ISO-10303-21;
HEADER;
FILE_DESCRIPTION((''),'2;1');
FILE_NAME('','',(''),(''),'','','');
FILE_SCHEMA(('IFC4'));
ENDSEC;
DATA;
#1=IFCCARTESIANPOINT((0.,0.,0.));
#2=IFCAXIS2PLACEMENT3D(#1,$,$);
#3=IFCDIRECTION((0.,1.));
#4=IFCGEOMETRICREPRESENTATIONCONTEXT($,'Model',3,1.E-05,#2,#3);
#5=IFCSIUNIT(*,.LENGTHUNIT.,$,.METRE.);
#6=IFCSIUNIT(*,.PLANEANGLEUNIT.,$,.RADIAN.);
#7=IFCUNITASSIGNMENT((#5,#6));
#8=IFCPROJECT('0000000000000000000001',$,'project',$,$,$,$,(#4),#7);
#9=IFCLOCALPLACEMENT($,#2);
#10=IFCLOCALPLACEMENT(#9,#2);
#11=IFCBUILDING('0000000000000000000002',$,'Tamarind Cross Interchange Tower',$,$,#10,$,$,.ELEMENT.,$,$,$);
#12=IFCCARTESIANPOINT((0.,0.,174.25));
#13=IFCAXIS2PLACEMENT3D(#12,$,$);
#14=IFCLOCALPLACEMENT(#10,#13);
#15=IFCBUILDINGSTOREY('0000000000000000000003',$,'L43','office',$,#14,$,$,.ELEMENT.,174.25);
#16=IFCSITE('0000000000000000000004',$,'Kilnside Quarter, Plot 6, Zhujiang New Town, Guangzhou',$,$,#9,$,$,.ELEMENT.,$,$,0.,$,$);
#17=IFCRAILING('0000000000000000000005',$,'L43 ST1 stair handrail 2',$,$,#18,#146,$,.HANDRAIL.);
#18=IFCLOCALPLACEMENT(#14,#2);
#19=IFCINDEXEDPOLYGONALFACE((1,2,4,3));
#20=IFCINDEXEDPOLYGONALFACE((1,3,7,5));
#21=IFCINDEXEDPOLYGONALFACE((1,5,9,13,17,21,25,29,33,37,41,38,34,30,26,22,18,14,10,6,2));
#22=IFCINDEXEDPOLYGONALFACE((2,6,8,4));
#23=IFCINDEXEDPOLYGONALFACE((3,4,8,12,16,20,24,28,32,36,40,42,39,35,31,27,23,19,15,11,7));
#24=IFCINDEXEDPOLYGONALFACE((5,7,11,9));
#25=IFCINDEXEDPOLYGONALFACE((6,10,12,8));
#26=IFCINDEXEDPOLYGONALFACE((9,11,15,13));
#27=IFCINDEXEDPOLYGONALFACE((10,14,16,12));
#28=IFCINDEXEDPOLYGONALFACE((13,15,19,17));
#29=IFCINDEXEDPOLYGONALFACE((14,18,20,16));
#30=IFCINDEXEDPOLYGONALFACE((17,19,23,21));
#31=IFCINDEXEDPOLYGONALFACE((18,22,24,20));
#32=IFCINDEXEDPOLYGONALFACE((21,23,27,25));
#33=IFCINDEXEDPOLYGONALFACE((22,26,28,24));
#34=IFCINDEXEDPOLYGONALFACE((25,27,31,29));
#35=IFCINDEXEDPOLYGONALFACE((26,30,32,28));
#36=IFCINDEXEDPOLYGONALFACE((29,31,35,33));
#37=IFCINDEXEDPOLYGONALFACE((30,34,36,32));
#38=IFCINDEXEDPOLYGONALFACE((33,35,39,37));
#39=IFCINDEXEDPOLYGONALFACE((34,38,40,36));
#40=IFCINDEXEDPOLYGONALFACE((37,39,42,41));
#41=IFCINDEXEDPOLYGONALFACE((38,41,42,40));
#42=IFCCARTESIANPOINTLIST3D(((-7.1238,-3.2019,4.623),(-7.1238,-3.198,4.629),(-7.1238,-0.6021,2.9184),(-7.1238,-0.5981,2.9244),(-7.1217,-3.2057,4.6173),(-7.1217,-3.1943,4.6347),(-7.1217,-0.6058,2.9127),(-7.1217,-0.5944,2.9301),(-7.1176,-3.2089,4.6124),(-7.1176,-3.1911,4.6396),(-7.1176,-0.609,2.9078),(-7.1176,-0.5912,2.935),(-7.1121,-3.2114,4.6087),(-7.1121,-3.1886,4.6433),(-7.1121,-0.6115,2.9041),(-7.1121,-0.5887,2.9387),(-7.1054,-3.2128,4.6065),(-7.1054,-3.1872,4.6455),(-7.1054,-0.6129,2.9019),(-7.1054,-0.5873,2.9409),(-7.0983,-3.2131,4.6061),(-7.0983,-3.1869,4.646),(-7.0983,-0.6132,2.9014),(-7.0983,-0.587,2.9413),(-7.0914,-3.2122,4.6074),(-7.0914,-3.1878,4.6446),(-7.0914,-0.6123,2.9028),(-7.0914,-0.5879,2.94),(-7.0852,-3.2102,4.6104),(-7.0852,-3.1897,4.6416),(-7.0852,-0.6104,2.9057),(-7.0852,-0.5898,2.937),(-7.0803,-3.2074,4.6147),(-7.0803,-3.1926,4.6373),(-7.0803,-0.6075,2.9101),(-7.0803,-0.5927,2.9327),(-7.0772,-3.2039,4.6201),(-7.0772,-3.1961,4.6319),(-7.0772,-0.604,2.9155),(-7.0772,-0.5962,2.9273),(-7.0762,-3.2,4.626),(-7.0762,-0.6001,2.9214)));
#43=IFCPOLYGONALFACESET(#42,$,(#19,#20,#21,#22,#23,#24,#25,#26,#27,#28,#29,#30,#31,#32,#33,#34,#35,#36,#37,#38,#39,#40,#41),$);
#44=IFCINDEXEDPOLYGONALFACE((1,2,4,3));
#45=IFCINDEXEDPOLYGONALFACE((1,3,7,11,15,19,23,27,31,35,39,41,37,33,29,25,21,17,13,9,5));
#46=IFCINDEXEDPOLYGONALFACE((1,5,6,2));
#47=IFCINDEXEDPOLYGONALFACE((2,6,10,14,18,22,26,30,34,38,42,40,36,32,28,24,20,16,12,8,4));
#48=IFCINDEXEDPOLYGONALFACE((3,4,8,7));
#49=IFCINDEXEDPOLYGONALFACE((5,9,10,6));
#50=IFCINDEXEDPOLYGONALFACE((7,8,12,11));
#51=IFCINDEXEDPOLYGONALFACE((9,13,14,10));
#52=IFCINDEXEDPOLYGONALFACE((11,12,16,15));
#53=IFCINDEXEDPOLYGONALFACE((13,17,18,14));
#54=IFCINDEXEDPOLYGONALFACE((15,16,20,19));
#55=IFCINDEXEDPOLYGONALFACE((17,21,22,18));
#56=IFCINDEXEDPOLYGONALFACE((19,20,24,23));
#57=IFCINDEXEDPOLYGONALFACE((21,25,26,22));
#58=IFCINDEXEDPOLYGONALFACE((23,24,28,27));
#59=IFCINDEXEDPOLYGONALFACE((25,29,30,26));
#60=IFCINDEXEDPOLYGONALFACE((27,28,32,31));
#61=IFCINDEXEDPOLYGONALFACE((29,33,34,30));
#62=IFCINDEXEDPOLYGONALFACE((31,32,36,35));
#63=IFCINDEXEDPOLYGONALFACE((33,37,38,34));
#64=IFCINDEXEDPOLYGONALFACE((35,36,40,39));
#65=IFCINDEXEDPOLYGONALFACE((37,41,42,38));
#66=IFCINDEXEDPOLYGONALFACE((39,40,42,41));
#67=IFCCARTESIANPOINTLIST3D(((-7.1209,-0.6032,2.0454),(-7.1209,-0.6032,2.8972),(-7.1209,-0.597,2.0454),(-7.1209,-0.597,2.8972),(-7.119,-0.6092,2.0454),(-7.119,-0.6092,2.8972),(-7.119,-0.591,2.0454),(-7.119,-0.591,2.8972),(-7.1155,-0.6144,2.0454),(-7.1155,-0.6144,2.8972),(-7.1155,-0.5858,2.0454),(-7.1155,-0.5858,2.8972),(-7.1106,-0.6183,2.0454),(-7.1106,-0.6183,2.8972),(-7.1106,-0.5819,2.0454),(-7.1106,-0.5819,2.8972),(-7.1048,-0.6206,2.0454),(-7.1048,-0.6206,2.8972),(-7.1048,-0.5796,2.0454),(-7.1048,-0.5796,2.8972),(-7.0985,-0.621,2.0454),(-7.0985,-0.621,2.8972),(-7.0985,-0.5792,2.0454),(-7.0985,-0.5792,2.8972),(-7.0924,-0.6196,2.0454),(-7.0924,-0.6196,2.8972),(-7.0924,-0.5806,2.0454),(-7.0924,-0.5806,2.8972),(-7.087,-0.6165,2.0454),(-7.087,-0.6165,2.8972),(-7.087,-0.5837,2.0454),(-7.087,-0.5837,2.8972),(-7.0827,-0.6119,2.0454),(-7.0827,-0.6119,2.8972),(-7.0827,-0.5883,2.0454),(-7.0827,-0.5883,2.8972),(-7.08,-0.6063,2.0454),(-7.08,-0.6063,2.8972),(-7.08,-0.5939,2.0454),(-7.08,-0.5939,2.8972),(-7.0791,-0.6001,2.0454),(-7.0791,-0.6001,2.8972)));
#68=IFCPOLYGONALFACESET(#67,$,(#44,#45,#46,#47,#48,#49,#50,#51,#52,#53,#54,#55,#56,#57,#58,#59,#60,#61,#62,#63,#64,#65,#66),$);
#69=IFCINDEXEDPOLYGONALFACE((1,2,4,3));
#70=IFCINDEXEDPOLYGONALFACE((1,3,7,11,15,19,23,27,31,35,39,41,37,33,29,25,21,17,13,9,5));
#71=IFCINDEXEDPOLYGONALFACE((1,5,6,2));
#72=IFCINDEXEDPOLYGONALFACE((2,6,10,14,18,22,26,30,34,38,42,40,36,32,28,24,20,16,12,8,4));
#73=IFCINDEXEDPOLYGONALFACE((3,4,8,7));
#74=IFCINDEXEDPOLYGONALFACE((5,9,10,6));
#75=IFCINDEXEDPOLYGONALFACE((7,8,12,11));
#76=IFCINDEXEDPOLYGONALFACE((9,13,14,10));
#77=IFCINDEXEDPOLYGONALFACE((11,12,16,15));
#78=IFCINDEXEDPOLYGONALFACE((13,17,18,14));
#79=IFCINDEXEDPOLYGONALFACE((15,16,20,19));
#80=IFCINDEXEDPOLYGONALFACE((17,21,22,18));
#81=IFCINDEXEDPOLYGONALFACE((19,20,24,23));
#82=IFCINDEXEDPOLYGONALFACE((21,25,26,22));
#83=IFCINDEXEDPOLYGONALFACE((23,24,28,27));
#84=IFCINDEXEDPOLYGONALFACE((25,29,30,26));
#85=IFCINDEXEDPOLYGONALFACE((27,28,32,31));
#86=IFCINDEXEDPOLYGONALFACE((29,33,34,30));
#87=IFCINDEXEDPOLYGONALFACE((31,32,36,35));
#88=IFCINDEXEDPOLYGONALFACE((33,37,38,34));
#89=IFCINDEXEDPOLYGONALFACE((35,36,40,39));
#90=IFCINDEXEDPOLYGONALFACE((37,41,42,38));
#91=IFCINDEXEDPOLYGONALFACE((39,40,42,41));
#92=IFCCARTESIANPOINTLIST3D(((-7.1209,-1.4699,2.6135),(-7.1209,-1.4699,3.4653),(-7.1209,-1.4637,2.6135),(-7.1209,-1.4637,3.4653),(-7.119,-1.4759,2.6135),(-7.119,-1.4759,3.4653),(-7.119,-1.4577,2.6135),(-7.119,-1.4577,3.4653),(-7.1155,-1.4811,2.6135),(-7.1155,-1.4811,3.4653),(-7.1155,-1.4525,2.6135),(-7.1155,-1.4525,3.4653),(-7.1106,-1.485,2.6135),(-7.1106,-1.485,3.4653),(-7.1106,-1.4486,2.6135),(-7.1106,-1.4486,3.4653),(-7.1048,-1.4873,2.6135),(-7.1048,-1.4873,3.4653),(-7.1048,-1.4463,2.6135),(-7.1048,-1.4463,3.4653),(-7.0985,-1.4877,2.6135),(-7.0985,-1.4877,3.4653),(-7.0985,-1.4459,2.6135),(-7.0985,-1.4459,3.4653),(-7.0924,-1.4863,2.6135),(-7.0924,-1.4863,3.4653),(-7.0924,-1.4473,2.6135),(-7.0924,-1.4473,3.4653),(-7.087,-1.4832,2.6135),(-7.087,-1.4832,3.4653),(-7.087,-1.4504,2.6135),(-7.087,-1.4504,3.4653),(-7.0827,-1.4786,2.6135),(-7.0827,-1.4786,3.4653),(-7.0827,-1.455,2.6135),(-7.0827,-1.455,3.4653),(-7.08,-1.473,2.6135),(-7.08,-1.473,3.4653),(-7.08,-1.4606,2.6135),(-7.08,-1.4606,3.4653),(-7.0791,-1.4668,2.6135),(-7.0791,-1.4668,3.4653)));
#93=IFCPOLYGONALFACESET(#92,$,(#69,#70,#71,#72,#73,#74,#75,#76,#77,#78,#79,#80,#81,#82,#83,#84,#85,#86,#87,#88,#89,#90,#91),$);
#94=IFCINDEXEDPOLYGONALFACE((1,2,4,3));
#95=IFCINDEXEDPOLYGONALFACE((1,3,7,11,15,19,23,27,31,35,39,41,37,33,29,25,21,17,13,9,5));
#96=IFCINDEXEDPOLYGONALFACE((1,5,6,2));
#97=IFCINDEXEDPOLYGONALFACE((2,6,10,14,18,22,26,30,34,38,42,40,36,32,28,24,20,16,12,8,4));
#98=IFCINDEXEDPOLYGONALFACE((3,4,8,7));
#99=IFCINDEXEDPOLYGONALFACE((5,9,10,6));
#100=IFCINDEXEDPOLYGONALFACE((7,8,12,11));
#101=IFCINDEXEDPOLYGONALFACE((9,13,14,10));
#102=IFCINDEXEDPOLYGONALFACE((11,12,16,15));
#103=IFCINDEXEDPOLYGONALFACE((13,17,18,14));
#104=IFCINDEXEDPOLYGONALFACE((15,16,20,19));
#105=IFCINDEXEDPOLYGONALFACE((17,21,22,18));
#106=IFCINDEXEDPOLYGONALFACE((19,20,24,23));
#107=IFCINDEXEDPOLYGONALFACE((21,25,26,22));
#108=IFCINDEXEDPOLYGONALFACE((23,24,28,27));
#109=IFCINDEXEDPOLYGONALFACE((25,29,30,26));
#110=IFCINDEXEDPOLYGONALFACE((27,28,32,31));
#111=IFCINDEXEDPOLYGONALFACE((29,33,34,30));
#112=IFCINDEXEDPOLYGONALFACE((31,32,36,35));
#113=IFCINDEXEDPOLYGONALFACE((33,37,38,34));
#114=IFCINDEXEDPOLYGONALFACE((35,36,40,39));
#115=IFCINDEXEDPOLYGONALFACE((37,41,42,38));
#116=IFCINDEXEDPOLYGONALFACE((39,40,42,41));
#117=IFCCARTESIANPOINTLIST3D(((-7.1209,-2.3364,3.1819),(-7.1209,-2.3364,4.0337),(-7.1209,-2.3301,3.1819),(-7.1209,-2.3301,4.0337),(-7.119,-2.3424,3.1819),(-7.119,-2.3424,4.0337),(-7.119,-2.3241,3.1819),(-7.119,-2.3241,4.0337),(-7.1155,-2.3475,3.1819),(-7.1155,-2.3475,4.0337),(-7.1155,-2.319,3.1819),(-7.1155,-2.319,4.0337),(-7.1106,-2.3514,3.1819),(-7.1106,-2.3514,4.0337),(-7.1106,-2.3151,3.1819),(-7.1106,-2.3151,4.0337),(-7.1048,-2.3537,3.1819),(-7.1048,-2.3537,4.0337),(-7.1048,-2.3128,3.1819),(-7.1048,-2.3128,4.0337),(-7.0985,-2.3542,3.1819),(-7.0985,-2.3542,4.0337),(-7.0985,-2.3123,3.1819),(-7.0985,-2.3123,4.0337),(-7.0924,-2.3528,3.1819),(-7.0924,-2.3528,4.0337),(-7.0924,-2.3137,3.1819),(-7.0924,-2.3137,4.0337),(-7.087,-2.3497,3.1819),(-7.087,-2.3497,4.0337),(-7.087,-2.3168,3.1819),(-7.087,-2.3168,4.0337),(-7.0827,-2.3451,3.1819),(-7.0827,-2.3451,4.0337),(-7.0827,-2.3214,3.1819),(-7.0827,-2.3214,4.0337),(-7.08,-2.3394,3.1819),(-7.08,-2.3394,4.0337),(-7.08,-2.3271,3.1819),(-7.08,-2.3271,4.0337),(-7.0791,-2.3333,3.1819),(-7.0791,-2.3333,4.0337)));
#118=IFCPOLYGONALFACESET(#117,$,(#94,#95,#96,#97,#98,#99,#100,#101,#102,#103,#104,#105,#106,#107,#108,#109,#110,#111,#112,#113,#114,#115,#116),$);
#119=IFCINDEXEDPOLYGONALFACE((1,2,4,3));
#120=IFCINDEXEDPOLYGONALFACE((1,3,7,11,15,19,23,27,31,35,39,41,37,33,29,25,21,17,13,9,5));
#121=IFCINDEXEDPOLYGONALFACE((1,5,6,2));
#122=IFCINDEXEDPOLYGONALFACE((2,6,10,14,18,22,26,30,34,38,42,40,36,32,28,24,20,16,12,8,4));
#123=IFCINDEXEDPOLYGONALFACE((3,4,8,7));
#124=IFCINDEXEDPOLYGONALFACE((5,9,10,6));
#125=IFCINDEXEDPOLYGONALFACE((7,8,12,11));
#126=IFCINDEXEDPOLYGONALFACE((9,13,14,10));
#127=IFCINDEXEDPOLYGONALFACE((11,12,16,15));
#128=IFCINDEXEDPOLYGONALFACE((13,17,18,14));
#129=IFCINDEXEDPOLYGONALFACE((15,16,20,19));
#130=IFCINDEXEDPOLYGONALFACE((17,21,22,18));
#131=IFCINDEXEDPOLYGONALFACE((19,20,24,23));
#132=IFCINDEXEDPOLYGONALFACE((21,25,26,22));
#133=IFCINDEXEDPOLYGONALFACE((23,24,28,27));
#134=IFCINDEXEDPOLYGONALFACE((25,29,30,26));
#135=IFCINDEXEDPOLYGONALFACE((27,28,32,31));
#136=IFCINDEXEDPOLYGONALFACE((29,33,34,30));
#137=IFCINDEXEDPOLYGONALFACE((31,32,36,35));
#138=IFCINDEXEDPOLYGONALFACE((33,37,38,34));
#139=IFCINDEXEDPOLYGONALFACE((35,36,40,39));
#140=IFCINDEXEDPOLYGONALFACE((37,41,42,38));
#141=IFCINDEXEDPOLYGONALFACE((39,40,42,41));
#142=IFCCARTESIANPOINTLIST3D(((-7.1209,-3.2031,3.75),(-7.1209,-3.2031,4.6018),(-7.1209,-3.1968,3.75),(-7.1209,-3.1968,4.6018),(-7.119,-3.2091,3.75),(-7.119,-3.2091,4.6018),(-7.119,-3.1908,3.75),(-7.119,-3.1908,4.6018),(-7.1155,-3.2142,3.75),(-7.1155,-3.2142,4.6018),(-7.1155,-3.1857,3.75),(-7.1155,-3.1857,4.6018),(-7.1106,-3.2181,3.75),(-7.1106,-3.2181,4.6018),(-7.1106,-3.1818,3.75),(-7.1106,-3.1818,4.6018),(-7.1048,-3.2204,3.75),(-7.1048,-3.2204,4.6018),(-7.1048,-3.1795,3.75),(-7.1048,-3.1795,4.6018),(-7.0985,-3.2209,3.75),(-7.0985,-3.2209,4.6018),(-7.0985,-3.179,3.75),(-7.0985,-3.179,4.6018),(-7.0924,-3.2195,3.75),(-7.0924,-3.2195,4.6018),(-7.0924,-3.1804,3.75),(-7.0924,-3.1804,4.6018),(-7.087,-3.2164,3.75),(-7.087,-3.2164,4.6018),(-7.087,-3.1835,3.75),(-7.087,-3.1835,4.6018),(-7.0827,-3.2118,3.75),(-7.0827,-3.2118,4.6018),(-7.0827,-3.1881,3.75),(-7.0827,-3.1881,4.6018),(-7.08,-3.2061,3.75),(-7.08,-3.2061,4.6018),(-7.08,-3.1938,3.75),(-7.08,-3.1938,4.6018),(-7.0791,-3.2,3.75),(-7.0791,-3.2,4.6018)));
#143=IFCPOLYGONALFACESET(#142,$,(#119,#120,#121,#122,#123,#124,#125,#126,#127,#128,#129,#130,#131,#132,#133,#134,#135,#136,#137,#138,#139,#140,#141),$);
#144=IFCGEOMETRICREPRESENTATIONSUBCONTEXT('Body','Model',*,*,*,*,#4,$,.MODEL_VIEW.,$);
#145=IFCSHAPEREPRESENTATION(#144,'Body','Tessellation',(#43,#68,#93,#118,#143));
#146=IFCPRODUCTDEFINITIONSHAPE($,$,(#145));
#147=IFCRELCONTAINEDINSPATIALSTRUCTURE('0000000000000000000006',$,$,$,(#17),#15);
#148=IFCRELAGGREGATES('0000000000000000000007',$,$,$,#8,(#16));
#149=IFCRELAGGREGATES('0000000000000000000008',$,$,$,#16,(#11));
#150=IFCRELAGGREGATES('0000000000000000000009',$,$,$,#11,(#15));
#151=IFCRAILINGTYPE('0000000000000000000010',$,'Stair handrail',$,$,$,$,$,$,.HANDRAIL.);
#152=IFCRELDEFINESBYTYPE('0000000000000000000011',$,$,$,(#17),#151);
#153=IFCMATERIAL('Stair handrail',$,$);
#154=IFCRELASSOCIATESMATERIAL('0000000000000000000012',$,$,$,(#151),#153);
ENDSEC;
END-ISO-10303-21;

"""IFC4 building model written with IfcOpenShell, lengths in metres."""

from ifc_helpers import new_model, si_unit, direction, frame, origin, origin_2d, place, context, subcontext, project, spatial, circle, extrude, material, type_object, element, save


model = new_model("IFC4")

# Units and contexts
model_context = context("Model", 3, precision=1e-05, world=origin(), true_north=direction((0.0, 1.0)))
body_context = subcontext(model_context, "Body", "Model", "MODEL_VIEW")
ifc_project = project(units=[si_unit("LENGTHUNIT", "METRE"), si_unit("PLANEANGLEUNIT", "RADIAN")], contexts=[model_context])

# Site, building, storey
site_placement = place(None, origin())
site = spatial("IfcSite", under=ifc_project, at=site_placement, Name="Kilnside Quarter, Plot 6, Zhujiang New Town, Guangzhou", CompositionType="ELEMENT", RefElevation=0.0)
building_placement = place(site_placement, origin())
building = spatial("IfcBuilding", under=site, at=building_placement, Name="Tamarind Cross Interchange Tower", CompositionType="ELEMENT")
storey_placement = place(building_placement, frame((0.0, 0.0, 174.25)))
storey = spatial("IfcBuildingStorey", under=building, at=storey_placement, Name="L43", Description="office", CompositionType="ELEMENT", Elevation=174.25)

# Railing
ifc_material_1 = material(Name="Stair handrail")
railing_type_1 = type_object("IfcRailingType", Name="Stair handrail", PredefinedType="HANDRAIL", material=ifc_material_1)
railing_1_placement = place(storey_placement, frame((-7.1001, -0.6001, 2.0454)))
element("IfcRailing", 1, at=railing_1_placement, inside=storey, type_object=railing_type_1, Name="L43 ST1 stair handrail 2", PredefinedType="HANDRAIL", context=body_context, shape_type="SweptSolid", body=[
    extrude(circle(Radius=0.0239, at=origin_2d()), frame((0.0, 0.0, 0.876), z_axis=(0.0, -0.836279, 0.548305), x_axis=(1.0, 0.0, 0.0)), (0.0, 0.0, 1.0), 3.1089),
    extrude(circle(Radius=0.021, at=origin_2d()), origin(), (0.0, 0.0, 1.0), 0.8518),
    extrude(circle(Radius=0.021, at=origin_2d()), frame((0.0, -0.8667, 0.5681)), (0.0, 0.0, 1.0), 0.8518),
    extrude(circle(Radius=0.021, at=origin_2d()), frame((0.0, -1.7332, 1.1365)), (0.0, 0.0, 1.0), 0.8518),
    extrude(circle(Radius=0.021, at=origin_2d()), frame((0.0, -2.5999, 1.7046)), (0.0, 0.0, 1.0), 0.8518),
])

save(model, "model.ifc")
